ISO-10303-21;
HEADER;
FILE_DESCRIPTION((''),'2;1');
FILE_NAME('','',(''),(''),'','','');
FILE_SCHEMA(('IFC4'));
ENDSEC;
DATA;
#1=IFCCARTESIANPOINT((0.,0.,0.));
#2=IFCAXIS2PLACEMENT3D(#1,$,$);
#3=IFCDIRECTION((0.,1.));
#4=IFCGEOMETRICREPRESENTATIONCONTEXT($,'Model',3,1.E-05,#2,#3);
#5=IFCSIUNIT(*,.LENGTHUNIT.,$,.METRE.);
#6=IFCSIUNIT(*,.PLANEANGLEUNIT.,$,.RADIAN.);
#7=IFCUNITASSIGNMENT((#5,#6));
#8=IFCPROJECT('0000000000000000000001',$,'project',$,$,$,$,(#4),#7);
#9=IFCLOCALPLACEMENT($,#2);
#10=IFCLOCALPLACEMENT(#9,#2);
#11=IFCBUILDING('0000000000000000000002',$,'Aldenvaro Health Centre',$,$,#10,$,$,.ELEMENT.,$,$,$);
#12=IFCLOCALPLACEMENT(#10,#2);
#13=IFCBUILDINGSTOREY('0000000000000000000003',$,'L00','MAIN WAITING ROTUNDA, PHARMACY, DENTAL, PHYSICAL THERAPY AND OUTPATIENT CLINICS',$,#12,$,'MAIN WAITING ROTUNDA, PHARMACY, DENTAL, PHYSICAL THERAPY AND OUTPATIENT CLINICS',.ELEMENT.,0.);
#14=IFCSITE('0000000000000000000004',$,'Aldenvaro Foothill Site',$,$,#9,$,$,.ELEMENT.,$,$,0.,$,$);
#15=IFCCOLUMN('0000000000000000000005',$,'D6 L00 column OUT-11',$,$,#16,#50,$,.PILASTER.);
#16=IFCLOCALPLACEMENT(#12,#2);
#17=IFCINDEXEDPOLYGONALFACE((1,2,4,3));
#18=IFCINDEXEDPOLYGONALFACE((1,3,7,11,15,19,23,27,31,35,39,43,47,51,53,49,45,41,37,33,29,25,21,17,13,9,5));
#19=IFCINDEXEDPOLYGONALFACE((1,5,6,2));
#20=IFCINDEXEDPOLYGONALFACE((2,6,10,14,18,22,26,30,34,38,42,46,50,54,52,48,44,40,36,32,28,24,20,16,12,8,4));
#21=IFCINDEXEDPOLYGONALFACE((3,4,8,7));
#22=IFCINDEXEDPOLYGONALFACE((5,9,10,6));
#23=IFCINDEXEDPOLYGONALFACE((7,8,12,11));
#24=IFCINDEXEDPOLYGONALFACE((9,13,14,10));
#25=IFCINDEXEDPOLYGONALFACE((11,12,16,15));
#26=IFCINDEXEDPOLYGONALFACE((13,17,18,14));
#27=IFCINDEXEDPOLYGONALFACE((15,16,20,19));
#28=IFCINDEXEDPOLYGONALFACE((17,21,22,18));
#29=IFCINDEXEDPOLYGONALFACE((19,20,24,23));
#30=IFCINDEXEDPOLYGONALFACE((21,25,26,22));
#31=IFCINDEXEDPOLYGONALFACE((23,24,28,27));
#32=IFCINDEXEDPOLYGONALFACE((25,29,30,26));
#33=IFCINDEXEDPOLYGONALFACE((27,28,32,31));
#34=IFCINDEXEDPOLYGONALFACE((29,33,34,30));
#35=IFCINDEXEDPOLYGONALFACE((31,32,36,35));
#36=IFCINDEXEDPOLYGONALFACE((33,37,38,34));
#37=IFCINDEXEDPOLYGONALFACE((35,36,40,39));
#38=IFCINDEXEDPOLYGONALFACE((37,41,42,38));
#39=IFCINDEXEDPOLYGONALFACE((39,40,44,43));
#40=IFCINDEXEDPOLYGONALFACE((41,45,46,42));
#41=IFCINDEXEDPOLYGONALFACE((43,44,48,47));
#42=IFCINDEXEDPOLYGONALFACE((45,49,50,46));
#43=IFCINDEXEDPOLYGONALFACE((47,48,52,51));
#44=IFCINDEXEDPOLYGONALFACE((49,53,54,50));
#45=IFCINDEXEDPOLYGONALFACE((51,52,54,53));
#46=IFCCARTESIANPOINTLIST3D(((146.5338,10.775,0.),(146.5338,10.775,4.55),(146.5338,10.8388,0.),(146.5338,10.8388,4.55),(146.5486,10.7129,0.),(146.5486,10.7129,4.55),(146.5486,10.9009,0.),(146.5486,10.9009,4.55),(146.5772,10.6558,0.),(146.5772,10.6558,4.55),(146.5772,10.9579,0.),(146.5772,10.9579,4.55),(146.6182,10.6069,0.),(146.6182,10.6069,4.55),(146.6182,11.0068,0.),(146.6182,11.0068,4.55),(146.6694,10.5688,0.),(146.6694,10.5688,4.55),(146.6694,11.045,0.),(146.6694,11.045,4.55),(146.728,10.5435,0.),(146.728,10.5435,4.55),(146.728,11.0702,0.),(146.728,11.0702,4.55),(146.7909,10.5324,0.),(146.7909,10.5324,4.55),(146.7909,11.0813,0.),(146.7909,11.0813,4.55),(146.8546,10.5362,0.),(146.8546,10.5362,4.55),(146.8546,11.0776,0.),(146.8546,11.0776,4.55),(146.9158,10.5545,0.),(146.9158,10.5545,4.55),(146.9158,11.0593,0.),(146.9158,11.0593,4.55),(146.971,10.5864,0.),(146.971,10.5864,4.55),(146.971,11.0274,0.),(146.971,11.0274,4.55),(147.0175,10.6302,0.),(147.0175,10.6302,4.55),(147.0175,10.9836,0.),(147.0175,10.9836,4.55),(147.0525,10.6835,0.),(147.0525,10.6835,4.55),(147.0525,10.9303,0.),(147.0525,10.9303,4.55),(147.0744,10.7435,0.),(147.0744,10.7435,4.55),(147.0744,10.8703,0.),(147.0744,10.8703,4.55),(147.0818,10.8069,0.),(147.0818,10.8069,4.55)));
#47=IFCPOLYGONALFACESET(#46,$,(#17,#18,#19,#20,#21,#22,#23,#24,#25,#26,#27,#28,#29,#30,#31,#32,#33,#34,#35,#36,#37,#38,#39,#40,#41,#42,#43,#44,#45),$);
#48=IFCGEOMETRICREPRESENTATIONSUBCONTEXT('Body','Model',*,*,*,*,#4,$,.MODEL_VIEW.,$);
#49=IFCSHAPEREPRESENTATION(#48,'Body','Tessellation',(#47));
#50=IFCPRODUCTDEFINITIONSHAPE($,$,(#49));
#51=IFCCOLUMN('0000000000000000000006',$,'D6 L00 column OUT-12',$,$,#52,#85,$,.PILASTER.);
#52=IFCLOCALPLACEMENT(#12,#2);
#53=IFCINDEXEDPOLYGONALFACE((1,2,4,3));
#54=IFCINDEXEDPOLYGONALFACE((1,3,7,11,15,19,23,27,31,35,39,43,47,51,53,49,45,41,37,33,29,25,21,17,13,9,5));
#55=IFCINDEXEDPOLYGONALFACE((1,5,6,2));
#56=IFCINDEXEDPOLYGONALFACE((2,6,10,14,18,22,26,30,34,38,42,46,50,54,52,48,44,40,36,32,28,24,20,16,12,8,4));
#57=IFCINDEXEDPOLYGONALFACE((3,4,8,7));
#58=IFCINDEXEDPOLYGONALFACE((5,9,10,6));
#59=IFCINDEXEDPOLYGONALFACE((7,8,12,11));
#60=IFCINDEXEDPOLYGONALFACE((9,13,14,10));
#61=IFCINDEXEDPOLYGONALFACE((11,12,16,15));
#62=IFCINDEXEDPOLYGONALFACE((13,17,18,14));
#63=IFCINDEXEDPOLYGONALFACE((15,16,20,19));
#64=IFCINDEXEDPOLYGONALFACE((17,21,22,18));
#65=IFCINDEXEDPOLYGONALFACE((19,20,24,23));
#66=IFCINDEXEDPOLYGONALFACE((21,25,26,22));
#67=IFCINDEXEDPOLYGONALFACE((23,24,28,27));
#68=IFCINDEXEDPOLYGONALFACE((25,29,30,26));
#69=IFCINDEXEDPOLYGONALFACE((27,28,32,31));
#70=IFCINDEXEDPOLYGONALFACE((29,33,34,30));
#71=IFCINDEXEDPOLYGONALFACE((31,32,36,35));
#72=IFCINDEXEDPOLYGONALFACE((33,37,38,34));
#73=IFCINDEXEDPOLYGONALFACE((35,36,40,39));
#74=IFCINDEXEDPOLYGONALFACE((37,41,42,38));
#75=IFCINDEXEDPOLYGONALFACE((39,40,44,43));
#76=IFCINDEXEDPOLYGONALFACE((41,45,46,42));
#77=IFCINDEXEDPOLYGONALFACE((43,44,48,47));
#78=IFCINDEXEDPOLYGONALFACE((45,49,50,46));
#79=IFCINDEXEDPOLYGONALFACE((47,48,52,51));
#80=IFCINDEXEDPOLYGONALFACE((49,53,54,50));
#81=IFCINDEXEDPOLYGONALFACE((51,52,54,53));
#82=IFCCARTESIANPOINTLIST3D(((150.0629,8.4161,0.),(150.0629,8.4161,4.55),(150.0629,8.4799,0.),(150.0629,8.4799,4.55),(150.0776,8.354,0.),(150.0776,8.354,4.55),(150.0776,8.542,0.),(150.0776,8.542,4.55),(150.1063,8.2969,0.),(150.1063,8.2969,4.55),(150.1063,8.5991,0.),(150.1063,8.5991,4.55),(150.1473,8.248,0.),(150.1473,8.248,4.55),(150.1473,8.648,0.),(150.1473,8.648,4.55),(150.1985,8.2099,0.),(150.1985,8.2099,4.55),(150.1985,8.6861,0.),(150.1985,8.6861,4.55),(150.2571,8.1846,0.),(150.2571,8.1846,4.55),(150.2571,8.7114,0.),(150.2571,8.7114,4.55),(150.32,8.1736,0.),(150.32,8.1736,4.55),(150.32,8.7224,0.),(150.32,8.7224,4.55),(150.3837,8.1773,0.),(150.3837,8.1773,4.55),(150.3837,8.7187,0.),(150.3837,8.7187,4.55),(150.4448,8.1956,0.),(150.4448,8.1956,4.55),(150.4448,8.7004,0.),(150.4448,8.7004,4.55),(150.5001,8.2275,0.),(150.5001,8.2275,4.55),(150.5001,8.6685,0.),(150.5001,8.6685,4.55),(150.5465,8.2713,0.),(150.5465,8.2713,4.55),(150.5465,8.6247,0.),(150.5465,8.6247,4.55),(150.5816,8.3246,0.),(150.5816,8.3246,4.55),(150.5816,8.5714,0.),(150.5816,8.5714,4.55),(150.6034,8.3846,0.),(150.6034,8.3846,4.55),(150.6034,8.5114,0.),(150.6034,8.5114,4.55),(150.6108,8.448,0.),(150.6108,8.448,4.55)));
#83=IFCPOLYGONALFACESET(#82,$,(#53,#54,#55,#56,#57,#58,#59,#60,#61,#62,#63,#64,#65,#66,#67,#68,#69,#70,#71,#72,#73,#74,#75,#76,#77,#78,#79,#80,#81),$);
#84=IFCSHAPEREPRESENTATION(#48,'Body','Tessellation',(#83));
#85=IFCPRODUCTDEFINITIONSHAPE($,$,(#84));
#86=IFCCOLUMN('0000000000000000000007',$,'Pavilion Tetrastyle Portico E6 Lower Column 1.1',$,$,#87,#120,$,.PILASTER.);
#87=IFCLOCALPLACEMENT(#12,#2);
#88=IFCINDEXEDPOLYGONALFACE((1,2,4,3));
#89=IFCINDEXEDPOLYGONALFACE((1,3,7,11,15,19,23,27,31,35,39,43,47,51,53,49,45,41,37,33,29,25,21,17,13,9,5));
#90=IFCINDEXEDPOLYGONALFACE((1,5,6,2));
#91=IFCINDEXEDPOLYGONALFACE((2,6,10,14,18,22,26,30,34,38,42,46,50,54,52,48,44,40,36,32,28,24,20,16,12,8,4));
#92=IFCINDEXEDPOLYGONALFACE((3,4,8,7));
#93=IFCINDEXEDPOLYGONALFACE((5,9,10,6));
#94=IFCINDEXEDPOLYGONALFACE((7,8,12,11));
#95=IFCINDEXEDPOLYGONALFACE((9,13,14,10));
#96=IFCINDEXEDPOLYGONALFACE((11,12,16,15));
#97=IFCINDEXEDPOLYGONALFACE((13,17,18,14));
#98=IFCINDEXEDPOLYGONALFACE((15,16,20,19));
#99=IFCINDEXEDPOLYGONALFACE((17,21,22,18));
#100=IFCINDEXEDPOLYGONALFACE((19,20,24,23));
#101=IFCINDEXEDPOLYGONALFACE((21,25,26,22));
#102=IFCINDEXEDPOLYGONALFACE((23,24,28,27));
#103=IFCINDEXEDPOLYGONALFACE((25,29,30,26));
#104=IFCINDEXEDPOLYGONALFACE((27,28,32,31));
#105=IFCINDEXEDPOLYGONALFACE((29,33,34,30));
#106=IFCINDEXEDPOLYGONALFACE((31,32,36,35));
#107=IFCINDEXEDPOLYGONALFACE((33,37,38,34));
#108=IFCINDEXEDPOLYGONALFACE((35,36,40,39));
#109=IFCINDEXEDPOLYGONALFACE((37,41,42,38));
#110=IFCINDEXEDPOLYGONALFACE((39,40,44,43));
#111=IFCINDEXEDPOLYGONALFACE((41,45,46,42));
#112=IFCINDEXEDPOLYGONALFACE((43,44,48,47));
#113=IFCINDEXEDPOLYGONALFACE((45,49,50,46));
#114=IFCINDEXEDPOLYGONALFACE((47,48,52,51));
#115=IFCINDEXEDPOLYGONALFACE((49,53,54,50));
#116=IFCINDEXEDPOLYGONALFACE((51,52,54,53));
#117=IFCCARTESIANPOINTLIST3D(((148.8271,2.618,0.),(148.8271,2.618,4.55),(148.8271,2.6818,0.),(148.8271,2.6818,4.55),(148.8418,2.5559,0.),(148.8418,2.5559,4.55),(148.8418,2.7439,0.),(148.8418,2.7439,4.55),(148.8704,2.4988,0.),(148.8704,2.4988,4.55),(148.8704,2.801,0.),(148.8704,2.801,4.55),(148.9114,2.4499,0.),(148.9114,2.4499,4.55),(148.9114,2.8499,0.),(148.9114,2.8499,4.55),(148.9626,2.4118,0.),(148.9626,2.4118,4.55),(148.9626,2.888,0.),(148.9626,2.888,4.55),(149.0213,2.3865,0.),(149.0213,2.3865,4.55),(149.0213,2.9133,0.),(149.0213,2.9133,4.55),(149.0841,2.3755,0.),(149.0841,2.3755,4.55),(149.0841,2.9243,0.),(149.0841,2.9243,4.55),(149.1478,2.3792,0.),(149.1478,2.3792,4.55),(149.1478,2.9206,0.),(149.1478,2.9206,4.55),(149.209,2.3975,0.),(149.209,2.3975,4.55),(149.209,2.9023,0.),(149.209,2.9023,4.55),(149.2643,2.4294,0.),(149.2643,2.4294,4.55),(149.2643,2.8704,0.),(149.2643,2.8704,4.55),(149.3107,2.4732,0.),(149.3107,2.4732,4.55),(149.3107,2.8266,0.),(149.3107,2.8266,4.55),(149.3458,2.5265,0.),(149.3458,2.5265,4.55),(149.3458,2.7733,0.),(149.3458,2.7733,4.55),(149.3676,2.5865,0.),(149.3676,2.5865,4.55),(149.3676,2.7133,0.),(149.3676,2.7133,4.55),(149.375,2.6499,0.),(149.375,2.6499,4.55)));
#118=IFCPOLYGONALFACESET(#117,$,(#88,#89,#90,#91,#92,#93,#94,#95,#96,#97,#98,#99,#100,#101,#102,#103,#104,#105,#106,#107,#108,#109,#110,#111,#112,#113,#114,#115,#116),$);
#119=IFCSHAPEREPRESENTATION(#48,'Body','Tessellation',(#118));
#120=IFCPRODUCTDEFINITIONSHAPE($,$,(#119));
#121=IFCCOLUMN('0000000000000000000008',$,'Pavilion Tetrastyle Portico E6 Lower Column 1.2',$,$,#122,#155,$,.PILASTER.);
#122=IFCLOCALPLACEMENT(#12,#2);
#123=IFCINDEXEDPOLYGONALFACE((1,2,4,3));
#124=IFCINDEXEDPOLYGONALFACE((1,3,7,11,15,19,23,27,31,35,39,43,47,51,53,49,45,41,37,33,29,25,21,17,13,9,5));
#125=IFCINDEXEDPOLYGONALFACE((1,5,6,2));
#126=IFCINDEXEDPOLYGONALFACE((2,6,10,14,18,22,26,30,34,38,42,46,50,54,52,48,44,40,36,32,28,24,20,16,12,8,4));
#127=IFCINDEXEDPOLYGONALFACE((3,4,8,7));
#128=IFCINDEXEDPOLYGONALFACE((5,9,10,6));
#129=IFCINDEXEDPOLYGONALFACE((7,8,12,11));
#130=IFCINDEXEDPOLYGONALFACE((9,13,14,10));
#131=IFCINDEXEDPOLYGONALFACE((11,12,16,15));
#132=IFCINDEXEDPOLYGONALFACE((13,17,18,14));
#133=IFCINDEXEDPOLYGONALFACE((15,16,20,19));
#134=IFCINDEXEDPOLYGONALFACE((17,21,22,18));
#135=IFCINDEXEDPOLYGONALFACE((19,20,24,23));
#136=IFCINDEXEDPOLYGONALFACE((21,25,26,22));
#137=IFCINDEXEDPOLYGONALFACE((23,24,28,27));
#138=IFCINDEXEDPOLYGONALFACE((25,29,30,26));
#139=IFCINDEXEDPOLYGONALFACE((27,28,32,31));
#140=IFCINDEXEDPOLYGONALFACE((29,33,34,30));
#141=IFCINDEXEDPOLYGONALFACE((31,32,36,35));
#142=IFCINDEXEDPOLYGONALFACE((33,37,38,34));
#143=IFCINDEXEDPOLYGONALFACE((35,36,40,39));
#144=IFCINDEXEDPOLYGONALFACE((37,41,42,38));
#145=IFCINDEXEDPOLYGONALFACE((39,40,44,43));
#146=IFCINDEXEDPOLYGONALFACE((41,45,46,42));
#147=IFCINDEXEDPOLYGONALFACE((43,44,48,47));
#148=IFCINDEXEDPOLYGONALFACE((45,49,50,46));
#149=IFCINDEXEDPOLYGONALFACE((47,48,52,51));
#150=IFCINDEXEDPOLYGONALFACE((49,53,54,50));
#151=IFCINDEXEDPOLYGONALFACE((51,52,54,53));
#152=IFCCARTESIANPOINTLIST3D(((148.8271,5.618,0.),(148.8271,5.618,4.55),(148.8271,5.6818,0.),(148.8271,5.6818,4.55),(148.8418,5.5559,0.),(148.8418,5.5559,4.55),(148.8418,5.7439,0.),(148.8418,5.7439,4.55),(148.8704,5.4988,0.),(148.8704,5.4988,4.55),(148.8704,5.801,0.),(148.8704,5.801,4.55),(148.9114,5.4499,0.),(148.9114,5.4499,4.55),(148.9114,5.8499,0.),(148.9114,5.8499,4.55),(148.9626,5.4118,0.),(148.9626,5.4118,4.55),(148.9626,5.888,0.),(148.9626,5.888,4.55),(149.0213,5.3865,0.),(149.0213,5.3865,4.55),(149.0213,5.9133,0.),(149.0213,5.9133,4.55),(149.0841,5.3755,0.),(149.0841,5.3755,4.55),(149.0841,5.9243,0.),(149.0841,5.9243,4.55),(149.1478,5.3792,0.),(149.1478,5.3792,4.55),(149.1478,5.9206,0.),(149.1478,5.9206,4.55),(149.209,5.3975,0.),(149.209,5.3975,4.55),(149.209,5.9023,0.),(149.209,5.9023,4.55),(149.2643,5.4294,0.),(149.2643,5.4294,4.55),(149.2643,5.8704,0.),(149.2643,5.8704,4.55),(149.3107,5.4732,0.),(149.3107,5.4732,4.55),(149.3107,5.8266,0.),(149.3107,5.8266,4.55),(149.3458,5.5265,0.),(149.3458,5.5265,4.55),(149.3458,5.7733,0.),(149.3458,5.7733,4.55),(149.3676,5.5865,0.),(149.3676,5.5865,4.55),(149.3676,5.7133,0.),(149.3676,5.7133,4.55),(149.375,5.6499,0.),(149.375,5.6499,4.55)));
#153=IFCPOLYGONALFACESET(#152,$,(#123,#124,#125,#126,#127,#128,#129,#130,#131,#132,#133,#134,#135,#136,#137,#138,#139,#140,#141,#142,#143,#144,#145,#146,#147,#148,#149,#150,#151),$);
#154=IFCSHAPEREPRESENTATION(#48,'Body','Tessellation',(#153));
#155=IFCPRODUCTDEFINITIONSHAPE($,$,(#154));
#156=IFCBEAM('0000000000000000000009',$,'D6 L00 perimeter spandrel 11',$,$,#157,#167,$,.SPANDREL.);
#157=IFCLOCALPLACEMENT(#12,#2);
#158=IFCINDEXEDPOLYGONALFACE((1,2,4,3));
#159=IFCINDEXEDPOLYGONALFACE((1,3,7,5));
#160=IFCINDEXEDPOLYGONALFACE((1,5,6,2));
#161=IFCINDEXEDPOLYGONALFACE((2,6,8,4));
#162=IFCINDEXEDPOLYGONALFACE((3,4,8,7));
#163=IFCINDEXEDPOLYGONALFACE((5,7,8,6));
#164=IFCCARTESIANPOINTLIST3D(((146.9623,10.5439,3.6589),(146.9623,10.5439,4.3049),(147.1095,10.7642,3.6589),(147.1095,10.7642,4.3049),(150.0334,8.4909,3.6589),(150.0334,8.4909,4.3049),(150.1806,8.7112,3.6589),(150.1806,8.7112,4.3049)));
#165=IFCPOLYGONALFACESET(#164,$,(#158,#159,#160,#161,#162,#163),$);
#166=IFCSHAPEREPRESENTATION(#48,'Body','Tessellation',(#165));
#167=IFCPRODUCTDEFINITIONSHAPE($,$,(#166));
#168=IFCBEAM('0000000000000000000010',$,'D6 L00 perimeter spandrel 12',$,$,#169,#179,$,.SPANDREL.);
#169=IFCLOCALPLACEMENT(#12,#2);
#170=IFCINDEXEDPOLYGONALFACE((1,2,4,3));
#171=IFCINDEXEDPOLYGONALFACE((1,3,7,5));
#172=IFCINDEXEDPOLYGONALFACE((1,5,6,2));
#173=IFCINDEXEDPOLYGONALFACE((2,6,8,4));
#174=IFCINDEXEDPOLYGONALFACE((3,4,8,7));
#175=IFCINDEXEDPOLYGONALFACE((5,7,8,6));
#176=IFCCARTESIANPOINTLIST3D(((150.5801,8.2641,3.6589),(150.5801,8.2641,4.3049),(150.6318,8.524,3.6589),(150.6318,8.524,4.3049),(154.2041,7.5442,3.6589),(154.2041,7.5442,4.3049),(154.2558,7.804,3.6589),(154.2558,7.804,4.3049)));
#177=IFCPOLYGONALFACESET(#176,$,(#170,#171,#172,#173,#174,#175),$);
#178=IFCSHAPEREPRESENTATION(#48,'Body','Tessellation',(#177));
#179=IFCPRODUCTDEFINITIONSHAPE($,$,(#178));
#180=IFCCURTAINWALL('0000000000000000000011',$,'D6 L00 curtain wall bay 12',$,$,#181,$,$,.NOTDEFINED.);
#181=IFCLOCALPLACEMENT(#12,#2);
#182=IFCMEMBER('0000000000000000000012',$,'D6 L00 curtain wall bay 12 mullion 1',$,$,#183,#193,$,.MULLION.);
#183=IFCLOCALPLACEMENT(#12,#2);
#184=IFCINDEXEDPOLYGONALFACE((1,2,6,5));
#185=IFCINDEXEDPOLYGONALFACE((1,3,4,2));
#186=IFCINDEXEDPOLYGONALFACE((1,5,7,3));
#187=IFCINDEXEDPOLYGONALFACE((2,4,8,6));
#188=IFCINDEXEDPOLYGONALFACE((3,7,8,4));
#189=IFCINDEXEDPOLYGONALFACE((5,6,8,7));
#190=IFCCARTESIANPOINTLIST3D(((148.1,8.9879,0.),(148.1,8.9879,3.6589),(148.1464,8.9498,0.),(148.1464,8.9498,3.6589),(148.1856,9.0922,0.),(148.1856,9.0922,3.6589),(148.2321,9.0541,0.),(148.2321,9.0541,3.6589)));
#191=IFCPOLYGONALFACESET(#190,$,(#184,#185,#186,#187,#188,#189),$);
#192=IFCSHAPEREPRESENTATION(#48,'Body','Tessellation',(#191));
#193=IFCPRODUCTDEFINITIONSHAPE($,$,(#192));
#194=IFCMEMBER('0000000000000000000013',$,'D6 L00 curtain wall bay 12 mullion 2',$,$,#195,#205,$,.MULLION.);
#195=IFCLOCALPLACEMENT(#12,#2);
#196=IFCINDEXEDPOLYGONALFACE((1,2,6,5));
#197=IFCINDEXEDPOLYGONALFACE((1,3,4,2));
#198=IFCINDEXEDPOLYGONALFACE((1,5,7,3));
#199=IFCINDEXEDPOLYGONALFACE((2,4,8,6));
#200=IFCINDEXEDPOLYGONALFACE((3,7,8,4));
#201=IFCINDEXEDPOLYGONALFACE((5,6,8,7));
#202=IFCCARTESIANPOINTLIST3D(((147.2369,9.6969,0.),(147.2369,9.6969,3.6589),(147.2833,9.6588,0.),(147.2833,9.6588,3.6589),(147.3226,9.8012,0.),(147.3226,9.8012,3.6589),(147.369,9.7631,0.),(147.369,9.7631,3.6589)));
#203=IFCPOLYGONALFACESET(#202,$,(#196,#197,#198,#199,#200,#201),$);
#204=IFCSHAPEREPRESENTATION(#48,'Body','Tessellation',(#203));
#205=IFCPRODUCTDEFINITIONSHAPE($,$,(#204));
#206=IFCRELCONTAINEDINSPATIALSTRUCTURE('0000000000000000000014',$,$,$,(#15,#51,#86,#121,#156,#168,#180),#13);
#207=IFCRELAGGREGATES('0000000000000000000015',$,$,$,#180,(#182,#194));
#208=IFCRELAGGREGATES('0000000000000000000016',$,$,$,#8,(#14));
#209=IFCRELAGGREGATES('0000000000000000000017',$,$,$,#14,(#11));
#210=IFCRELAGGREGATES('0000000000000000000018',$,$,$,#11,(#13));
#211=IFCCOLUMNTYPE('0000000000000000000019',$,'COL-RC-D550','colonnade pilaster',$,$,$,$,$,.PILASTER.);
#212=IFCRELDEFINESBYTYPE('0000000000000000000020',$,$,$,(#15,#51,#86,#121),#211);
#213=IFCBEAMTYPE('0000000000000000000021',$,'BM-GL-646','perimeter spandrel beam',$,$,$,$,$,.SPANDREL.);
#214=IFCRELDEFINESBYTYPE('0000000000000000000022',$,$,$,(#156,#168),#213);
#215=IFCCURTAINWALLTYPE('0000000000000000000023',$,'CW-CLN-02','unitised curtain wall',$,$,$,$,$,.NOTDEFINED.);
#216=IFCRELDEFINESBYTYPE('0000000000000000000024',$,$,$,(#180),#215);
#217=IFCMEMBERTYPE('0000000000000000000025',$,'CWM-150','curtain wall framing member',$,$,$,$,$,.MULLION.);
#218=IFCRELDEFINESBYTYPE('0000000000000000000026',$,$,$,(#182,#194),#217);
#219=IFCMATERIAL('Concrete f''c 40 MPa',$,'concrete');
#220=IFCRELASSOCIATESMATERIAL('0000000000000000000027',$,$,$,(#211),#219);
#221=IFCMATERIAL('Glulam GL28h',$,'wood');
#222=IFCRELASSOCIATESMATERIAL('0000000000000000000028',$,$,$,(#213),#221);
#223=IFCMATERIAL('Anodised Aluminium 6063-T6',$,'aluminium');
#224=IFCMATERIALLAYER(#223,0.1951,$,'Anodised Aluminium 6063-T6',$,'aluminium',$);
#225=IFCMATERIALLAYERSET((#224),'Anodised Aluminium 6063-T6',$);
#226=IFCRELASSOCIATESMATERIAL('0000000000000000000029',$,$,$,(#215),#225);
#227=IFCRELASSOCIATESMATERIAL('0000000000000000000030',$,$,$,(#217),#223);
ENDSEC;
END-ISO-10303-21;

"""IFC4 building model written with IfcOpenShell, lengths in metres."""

from ifc_helpers import new_model, si_unit, direction, frame, origin, origin_2d, place, context, subcontext, project, spatial, rectangle, circle, extrude, material, layer, layer_set, material_profile, profile_set, type_object, element, aggregate, save


model = new_model("IFC4")

# Units and contexts
model_context = context("Model", 3, precision=1e-05, world=origin(), true_north=direction((0.0, 1.0)))
body_context = subcontext(model_context, "Body", "Model", "MODEL_VIEW")
ifc_project = project(units=[si_unit("LENGTHUNIT", "METRE"), si_unit("PLANEANGLEUNIT", "RADIAN")], contexts=[model_context])

# Site, building, storey
site_placement = place(None, origin())
site = spatial("IfcSite", under=ifc_project, at=site_placement, Name="Aldenvaro Foothill Site", CompositionType="ELEMENT", RefElevation=0.0)
building_placement = place(site_placement, origin())
building = spatial("IfcBuilding", under=site, at=building_placement, Name="Aldenvaro Health Centre", CompositionType="ELEMENT")
storey_placement = place(building_placement, origin())
storey = spatial("IfcBuildingStorey", under=building, at=storey_placement, Name="L00", Description="MAIN WAITING ROTUNDA, PHARMACY, DENTAL, PHYSICAL THERAPY AND OUTPATIENT CLINICS", LongName="MAIN WAITING ROTUNDA, PHARMACY, DENTAL, PHYSICAL THERAPY AND OUTPATIENT CLINICS", CompositionType="ELEMENT", Elevation=0.0)

# Columns
ifc_material_1 = material(Name="Concrete f'c 40 MPa", Category="concrete")
ifc_material_profile_1 = material_profile(ifc_material_1, circle(Radius=0.2749, at=origin_2d()), Name="RC D550", Category="concrete")
ifc_profile_set_1 = profile_set([ifc_material_profile_1], Name="Concrete f'c 40 MPa")
column_type = type_object("IfcColumnType", Name="COL-RC-D550", Description="colonnade pilaster", PredefinedType="PILASTER", material=ifc_profile_set_1)
for number, where, z_axis, x_axis, name in (
    (1, (146.8069, 10.8069, 0.0), (0.0, 0.0, 1.0), (1.0, 0.0, 0.0), "D6 L00 column OUT-11"),
    (2, (150.3359, 8.448, 0.0), (0.0, 0.0, 1.0), (1.0, 0.0, 0.0), "D6 L00 column OUT-12"),
    (3, (149.1001, 2.6499, 0.0), (0.0, 0.0, 1.0), (1.0, 0.0, 0.0), "Pavilion Tetrastyle Portico E6 Lower Column 1.1"),
    (4, (149.1001, 5.6499, 0.0), (0.0, 0.0, 1.0), (1.0, 0.0, 0.0), "Pavilion Tetrastyle Portico E6 Lower Column 1.2"),
):
    element("IfcColumn", number, at=place(storey_placement, frame(where, z_axis=z_axis, x_axis=x_axis)), inside=storey, type_object=column_type, Name=name, PredefinedType="PILASTER", context=body_context, shape_type="SweptSolid", body=[
        extrude(circle(Radius=0.2749, at=origin_2d()), origin(), (0.0, 0.0, 1.0), 4.55),
    ])

# Beams
ifc_material_2 = material(Name="Glulam GL28h", Category="wood")
ifc_material_profile_2 = material_profile(ifc_material_2, rectangle(XDim=0.2649, YDim=0.646, at=origin_2d()), Name="GL 265x646", Category="wood")
ifc_profile_set_2 = profile_set([ifc_material_profile_2], Name="Glulam GL28h")
beam_type = type_object("IfcBeamType", Name="BM-GL-646", Description="perimeter spandrel beam", PredefinedType="SPANDREL", material=ifc_profile_set_2)
beam_1_placement = place(storey_placement, frame((147.0359, 10.6541, 3.9819), z_axis=(0.831348, -0.555752, 0.0), x_axis=(0.555752, 0.831348, 0.0)))
element("IfcBeam", 5, at=beam_1_placement, inside=storey, type_object=beam_type, Name="D6 L00 perimeter spandrel 11", PredefinedType="SPANDREL", context=body_context, shape_type="SweptSolid", body=[
    extrude(rectangle(XDim=0.2649, YDim=0.646, at=origin_2d()), origin(), (0.0, 0.0, 1.0), 3.6941),
])
beam_2_placement = place(storey_placement, frame((150.606, 8.394, 3.9819), z_axis=(0.980831, -0.194858, 0.0), x_axis=(0.194858, 0.980831, 0.0)))
element("IfcBeam", 6, at=beam_2_placement, inside=storey, type_object=beam_type, Name="D6 L00 perimeter spandrel 12", PredefinedType="SPANDREL", context=body_context, shape_type="SweptSolid", body=[
    extrude(rectangle(XDim=0.2649, YDim=0.646, at=origin_2d()), origin(), (0.0, 0.0, 1.0), 3.6948),
])

# Curtain wall, members
ifc_material_3 = material(Name="Anodised Aluminium 6063-T6", Category="aluminium")
ifc_layer_1 = layer(ifc_material_3, 0.1951, Name="Anodised Aluminium 6063-T6", Category="aluminium")
ifc_layer_set_1 = layer_set([ifc_layer_1], Name="Anodised Aluminium 6063-T6")
curtain_wall_type = type_object("IfcCurtainWallType", Name="CW-CLN-02", Description="unitised curtain wall", PredefinedType="NOTDEFINED", material=ifc_layer_set_1)
curtain_wall_placement = place(storey_placement, origin())
curtain_wall = element("IfcCurtainWall", 7, at=curtain_wall_placement, inside=storey, type_object=curtain_wall_type, Name="D6 L00 curtain wall bay 12", PredefinedType="NOTDEFINED")
ifc_material_profile_3 = material_profile(ifc_material_3, rectangle(XDim=0.0601, YDim=0.135, at=origin_2d()), Name="ALU 60x135", Category="aluminium")
ifc_profile_set_3 = profile_set([ifc_material_profile_3], Name="Anodised Aluminium 6063-T6")
member_type_1 = type_object("IfcMemberType", Name="CWM-150", Description="curtain wall framing member", PredefinedType="MULLION", material=ifc_profile_set_3)
member_1_placement = place(storey_placement, frame((148.166, 9.021, 0.0), z_axis=(0.0, 0.0, 1.0), x_axis=(-0.77286, 0.634577, 0.0)))
member_1 = element("IfcMember", 8, at=member_1_placement, type_object=member_type_1, Name="D6 L00 curtain wall bay 12 mullion 1", PredefinedType="MULLION", context=body_context, shape_type="SweptSolid", body=[
    extrude(rectangle(XDim=0.0601, YDim=0.135, at=origin_2d()), origin(), (0.0, 0.0, 1.0), 3.6589),
])
member_2_placement = place(storey_placement, frame((147.303, 9.73, 0.0), z_axis=(0.0, 0.0, 1.0), x_axis=(-0.77286, 0.634577, 0.0)))
member_2 = element("IfcMember", 9, at=member_2_placement, type_object=member_type_1, Name="D6 L00 curtain wall bay 12 mullion 2", PredefinedType="MULLION", context=body_context, shape_type="SweptSolid", body=[
    extrude(rectangle(XDim=0.0601, YDim=0.135, at=origin_2d()), origin(), (0.0, 0.0, 1.0), 3.6589),
])

aggregate(curtain_wall, [member_1, member_2])

save(model, "model.ifc")
